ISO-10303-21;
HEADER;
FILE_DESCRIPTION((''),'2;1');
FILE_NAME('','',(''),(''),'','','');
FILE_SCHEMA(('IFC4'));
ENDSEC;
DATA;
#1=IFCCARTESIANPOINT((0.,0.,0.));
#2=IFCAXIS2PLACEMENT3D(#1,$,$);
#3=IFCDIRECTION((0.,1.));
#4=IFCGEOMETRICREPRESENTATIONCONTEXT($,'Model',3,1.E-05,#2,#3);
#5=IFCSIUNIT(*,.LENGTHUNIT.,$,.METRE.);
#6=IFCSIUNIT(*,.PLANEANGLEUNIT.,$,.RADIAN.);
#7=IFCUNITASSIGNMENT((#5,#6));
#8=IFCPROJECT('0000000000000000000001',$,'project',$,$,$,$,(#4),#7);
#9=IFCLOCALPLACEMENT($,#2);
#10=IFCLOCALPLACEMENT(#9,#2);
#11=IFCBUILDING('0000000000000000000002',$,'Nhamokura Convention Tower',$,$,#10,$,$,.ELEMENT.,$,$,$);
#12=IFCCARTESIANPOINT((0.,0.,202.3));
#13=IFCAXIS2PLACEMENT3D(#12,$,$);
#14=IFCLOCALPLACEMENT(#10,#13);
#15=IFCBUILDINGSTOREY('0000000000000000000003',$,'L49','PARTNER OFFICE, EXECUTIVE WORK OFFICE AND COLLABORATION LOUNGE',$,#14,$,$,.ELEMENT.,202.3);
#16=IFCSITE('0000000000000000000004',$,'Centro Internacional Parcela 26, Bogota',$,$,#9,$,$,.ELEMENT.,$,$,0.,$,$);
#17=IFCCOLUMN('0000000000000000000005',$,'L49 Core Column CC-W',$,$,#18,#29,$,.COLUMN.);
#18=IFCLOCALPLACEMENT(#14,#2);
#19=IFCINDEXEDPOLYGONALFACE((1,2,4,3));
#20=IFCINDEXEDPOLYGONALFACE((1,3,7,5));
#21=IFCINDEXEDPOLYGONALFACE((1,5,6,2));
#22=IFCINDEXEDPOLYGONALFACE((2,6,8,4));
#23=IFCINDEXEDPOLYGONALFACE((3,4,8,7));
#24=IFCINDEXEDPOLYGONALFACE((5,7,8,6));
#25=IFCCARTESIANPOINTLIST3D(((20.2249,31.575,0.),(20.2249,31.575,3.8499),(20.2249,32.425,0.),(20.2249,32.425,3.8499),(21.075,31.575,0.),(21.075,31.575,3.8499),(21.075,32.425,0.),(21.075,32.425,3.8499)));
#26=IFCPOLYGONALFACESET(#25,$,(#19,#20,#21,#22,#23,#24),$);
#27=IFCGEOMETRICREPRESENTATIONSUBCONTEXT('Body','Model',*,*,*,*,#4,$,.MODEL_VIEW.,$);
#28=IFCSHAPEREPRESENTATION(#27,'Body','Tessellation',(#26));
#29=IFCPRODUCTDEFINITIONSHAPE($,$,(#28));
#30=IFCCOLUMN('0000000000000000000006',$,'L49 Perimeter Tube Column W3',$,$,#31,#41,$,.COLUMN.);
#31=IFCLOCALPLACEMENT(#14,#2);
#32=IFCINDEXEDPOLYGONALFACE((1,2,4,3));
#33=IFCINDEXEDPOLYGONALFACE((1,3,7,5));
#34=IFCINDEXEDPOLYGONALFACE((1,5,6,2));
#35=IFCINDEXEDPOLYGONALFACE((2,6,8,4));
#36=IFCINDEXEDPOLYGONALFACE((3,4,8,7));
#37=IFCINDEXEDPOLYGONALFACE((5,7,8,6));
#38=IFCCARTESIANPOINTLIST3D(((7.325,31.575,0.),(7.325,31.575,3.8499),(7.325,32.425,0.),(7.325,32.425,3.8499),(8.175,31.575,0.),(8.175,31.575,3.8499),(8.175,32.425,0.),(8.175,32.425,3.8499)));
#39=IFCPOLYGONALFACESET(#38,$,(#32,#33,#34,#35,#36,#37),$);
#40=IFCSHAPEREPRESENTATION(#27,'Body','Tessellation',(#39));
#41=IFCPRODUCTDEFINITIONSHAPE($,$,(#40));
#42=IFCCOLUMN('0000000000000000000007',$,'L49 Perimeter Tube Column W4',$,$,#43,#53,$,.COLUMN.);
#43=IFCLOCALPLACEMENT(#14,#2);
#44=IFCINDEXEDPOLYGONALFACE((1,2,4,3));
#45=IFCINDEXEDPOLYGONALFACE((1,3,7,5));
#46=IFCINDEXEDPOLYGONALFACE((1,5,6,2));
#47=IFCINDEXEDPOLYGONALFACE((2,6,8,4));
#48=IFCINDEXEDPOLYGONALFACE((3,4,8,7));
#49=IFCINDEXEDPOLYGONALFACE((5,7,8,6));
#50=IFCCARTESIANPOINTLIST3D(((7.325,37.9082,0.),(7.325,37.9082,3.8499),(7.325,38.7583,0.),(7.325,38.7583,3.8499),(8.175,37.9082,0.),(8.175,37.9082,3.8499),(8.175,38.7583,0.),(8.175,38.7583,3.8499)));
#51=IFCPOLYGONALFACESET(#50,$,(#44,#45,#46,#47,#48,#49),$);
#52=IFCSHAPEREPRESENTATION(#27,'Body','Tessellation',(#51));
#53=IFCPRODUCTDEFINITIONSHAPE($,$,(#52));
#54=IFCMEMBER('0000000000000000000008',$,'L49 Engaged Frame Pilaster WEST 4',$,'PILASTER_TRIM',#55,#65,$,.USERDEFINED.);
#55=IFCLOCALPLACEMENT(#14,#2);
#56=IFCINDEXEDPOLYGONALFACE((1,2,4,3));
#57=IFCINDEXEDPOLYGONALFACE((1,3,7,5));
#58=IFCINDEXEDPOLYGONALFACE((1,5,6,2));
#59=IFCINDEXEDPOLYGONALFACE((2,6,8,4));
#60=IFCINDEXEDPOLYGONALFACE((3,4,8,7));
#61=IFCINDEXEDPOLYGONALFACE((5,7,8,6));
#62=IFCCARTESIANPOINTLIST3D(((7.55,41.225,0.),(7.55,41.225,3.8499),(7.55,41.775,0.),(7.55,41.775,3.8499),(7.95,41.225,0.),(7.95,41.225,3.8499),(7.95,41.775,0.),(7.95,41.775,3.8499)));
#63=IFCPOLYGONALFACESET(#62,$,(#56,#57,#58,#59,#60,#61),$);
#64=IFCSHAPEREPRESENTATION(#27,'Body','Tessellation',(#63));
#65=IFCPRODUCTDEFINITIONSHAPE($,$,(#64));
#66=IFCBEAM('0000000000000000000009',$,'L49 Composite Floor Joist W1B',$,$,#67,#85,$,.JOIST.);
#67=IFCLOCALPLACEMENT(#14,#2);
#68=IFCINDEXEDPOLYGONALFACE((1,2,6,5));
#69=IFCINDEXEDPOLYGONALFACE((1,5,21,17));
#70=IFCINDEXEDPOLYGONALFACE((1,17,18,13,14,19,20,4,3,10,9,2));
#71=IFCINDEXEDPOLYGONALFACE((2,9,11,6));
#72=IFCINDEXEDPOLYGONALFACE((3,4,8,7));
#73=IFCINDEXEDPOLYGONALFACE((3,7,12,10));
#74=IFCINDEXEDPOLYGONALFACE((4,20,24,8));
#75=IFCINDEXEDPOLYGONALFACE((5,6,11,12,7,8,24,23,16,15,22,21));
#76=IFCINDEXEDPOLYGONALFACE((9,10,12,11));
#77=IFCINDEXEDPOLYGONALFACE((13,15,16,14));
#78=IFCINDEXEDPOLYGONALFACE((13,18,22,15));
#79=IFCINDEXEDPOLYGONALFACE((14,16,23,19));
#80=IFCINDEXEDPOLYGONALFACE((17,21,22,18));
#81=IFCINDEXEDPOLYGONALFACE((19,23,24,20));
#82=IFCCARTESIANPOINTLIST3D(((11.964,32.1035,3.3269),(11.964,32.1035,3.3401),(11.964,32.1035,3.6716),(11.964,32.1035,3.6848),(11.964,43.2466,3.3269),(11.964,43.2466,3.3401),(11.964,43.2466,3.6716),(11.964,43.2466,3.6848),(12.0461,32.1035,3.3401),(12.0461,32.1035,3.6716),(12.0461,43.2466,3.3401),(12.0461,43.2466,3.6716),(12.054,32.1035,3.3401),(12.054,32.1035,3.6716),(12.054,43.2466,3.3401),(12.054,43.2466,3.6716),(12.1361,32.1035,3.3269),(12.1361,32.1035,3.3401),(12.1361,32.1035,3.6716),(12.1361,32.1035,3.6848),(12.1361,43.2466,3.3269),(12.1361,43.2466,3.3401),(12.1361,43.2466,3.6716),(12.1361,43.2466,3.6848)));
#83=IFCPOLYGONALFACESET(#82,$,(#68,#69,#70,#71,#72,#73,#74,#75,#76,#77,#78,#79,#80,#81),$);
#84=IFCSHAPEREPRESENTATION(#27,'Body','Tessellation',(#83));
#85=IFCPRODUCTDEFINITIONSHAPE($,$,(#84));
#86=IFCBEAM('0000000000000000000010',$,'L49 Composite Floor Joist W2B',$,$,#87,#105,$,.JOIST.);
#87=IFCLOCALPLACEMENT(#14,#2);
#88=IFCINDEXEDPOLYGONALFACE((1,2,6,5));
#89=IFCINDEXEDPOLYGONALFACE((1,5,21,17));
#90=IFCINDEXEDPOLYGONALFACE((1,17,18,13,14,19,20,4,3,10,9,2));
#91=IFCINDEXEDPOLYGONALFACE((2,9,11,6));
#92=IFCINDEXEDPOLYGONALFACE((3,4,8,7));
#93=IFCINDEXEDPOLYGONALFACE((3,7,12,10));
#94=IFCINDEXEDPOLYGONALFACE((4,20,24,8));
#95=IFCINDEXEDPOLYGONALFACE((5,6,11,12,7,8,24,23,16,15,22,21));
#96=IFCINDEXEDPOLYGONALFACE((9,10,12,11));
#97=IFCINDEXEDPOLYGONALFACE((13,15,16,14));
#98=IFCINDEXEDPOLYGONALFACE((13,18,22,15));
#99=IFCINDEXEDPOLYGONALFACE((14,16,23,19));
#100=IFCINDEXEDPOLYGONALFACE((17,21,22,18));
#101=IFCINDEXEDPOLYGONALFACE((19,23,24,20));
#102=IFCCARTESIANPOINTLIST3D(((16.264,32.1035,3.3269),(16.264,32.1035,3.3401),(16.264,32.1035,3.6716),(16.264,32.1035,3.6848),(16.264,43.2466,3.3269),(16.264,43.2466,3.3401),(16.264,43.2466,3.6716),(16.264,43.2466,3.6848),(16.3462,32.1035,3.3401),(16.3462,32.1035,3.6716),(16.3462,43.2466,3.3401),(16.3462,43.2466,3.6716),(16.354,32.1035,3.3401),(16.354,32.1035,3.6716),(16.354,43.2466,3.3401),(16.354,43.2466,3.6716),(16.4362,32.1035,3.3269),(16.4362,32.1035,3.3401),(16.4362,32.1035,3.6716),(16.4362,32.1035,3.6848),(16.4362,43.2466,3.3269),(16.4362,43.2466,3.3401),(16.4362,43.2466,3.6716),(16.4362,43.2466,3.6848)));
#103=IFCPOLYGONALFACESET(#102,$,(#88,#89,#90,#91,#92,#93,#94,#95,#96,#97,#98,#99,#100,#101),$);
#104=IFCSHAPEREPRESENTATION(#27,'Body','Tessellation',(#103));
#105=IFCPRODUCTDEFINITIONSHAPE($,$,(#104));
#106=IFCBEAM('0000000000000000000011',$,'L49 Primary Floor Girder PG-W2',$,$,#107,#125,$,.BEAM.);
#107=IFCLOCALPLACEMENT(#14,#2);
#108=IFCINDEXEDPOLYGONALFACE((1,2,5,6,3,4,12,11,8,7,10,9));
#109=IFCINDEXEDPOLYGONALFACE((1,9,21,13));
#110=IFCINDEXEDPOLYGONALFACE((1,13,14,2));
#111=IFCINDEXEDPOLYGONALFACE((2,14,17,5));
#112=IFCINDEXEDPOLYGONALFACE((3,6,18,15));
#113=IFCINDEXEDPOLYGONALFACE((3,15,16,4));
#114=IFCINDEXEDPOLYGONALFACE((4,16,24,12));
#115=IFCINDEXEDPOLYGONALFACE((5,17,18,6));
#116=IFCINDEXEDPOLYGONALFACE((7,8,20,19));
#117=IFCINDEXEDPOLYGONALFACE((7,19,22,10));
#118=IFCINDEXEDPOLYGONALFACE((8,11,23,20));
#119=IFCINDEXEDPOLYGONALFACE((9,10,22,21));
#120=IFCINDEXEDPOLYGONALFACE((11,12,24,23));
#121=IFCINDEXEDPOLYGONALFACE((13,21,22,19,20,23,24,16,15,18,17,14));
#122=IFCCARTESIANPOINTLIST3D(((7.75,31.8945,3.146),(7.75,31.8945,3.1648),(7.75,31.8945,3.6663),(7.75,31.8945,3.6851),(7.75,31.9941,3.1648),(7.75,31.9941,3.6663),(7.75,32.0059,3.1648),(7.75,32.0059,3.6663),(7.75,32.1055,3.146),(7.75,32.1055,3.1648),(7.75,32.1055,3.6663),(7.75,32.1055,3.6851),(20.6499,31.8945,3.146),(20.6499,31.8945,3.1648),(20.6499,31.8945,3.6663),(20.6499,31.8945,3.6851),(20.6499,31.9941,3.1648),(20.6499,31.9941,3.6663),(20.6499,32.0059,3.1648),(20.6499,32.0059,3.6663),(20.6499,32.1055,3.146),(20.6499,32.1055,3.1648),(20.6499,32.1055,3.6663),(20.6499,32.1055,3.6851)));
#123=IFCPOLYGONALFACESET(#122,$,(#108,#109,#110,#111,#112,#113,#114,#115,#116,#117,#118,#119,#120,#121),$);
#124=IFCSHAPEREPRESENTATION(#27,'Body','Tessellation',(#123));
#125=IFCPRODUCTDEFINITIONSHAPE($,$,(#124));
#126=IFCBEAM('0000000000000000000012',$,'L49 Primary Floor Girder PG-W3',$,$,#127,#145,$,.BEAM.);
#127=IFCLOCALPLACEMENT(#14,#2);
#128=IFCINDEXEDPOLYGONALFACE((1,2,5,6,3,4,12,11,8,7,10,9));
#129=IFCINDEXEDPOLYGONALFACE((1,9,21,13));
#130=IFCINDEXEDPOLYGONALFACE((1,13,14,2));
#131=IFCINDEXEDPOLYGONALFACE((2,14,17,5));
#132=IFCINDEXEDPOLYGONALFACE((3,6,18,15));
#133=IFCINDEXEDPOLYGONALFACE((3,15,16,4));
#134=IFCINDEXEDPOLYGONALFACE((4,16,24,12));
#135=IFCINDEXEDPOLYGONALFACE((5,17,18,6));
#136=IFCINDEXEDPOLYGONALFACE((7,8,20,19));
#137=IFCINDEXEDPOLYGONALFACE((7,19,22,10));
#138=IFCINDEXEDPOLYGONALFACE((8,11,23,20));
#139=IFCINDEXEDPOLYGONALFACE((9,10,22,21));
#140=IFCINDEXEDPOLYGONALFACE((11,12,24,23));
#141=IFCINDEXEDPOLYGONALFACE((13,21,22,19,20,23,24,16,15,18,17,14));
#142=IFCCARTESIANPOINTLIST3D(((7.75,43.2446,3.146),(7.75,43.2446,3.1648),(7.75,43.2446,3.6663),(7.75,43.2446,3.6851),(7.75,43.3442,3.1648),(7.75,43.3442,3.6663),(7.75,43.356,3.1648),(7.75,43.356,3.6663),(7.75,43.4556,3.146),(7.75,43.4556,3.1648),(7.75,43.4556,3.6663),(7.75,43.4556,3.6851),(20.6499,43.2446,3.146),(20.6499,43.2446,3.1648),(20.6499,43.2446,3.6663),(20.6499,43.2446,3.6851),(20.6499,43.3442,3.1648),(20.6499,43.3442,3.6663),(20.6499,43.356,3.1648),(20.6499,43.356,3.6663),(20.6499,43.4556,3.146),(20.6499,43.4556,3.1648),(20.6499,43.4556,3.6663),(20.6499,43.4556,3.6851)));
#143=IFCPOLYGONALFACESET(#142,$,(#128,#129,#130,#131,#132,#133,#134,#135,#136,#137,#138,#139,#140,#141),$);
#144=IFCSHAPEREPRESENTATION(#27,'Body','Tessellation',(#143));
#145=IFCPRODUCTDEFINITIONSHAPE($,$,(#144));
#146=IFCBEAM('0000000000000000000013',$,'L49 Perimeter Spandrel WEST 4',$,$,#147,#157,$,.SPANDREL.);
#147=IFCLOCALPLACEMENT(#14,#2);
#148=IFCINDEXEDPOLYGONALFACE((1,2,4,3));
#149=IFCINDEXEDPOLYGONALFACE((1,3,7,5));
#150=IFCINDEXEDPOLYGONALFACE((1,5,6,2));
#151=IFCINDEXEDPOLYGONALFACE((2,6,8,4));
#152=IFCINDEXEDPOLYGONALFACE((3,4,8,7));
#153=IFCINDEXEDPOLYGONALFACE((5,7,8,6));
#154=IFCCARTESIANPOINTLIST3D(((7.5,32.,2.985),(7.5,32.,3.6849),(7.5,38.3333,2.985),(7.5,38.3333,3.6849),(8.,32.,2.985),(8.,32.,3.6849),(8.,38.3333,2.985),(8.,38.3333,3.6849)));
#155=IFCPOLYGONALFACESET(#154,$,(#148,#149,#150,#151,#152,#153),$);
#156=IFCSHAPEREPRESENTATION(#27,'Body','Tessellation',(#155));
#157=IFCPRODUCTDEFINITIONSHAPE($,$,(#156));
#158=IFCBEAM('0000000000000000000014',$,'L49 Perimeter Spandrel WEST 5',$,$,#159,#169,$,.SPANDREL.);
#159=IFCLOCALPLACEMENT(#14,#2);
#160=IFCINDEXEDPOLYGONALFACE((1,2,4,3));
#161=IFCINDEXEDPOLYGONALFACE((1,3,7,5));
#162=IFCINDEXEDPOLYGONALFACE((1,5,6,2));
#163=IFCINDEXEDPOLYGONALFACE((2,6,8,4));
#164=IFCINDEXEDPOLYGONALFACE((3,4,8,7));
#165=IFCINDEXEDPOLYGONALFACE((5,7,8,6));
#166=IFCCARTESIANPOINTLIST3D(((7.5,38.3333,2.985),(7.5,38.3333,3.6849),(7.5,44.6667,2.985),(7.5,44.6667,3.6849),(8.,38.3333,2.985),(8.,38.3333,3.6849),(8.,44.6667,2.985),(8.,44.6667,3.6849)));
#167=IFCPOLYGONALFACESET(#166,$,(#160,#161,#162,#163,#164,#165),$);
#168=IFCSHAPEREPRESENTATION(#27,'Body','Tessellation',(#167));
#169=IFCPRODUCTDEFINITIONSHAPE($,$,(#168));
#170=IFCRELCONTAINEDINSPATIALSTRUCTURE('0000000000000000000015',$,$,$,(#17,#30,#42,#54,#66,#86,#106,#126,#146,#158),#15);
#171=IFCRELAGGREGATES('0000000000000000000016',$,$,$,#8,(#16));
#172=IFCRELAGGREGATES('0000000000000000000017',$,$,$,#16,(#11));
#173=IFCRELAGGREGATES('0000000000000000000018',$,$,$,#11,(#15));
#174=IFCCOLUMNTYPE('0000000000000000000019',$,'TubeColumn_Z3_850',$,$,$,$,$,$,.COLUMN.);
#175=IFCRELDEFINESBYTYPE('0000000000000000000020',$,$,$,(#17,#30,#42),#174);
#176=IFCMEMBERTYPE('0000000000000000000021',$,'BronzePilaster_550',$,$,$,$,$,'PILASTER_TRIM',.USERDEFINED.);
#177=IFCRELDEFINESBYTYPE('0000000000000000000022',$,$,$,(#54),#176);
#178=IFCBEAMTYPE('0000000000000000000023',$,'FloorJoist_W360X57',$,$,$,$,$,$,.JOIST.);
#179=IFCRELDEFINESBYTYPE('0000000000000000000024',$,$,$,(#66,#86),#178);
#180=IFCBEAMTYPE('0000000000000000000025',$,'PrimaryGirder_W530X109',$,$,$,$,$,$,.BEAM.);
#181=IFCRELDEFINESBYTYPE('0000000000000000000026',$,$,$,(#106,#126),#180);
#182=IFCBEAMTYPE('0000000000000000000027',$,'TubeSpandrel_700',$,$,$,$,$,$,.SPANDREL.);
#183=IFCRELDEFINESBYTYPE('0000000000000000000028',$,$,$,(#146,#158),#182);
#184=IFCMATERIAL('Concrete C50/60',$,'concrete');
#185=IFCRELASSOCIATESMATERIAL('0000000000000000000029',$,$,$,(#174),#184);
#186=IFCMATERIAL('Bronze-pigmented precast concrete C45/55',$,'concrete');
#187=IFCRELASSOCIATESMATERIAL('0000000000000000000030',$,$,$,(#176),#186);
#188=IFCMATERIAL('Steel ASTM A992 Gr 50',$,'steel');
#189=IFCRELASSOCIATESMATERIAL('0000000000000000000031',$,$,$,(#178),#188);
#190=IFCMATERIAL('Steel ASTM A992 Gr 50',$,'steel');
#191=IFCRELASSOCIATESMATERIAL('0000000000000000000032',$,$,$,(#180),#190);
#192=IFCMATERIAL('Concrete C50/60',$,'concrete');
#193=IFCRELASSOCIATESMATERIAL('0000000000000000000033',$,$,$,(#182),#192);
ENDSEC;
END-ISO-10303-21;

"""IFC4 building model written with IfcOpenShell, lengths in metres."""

from ifc_helpers import new_model, si_unit, direction, frame, origin, origin_2d, place, context, subcontext, project, spatial, rectangle, i_section, extrude, material, material_profile, profile_set, type_object, element, save


model = new_model("IFC4")

# Units and contexts
model_context = context("Model", 3, precision=1e-05, world=origin(), true_north=direction((0.0, 1.0)))
body_context = subcontext(model_context, "Body", "Model", "MODEL_VIEW")
ifc_project = project(units=[si_unit("LENGTHUNIT", "METRE"), si_unit("PLANEANGLEUNIT", "RADIAN")], contexts=[model_context])

# Site, building, storey
site_placement = place(None, origin())
site = spatial("IfcSite", under=ifc_project, at=site_placement, Name="Centro Internacional Parcela 26, Bogota", CompositionType="ELEMENT", RefElevation=0.0)
building_placement = place(site_placement, origin())
building = spatial("IfcBuilding", under=site, at=building_placement, Name="Nhamokura Convention Tower", CompositionType="ELEMENT")
storey_placement = place(building_placement, frame((0.0, 0.0, 202.3)))
storey = spatial("IfcBuildingStorey", under=building, at=storey_placement, Name="L49", Description="PARTNER OFFICE, EXECUTIVE WORK OFFICE AND COLLABORATION LOUNGE", CompositionType="ELEMENT", Elevation=202.3)

# Columns
ifc_material_1 = material(Name="Concrete C50/60", Category="concrete")
ifc_material_profile_1 = material_profile(ifc_material_1, rectangle(XDim=0.8501, YDim=0.8501, at=origin_2d()))
ifc_profile_set_1 = profile_set([ifc_material_profile_1], Name="Concrete C50/60")
column_type = type_object("IfcColumnType", Name="TubeColumn_Z3_850", PredefinedType="COLUMN", material=ifc_profile_set_1)
for number, where, z_axis, x_axis, name in (
    (1, (20.6499, 32.0, 0.0), (0.0, 0.0, 1.0), (1.0, 0.0, 0.0), "L49 Core Column CC-W"),
    (2, (7.75, 32.0, 0.0), (0.0, 0.0, 1.0), (1.0, 0.0, 0.0), "L49 Perimeter Tube Column W3"),
    (3, (7.75, 38.3333, 0.0), (0.0, 0.0, 1.0), (1.0, 0.0, 0.0), "L49 Perimeter Tube Column W4"),
):
    element("IfcColumn", number, at=place(storey_placement, frame(where, z_axis=z_axis, x_axis=x_axis)), inside=storey, type_object=column_type, Name=name, PredefinedType="COLUMN", context=body_context, shape_type="SweptSolid", body=[
        extrude(rectangle(XDim=0.8501, YDim=0.8501, at=origin_2d()), origin(), (0.0, 0.0, 1.0), 3.8499),
    ])

# Member
ifc_material_2 = material(Name="Bronze-pigmented precast concrete C45/55", Category="concrete")
ifc_material_profile_2 = material_profile(ifc_material_2, rectangle(XDim=0.3999, YDim=0.55, at=origin_2d()))
ifc_profile_set_2 = profile_set([ifc_material_profile_2], Name="Bronze-pigmented precast concrete C45/55")
member_type = type_object("IfcMemberType", Name="BronzePilaster_550", ElementType="PILASTER_TRIM", PredefinedType="USERDEFINED", material=ifc_profile_set_2)
member_placement = place(storey_placement, frame((7.75, 41.5, 0.0), z_axis=(0.0, 0.0, 1.0), x_axis=(1.0, 0.0, 0.0)))
element("IfcMember", 4, at=member_placement, inside=storey, type_object=member_type, Name="L49 Engaged Frame Pilaster WEST 4", ObjectType="PILASTER_TRIM", PredefinedType="USERDEFINED", context=body_context, shape_type="SweptSolid", body=[
    extrude(rectangle(XDim=0.3999, YDim=0.55, at=origin_2d()), origin(), (0.0, 0.0, 1.0), 3.8499),
])

# Beams
ifc_material_3 = material(Name="Steel ASTM A992 Gr 50", Category="steel")
ifc_material_profile_3 = material_profile(ifc_material_3, i_section(OverallWidth=0.1721, OverallDepth=0.3579, WebThickness=0.0078, FlangeThickness=0.0132, at=origin_2d()))
ifc_profile_set_3 = profile_set([ifc_material_profile_3], Name="Steel ASTM A992 Gr 50")
beam_type_1 = type_object("IfcBeamType", Name="FloorJoist_W360X57", PredefinedType="JOIST", material=ifc_profile_set_3)
for number, where, z_axis, x_axis, name in (
    (5, (12.05, 32.1035, 3.5059), (0.0, 1.0, 0.0), (-1.0, 0.0, 0.0), "L49 Composite Floor Joist W1B"),
    (6, (16.3501, 32.1035, 3.5059), (0.0, 1.0, 0.0), (-1.0, 0.0, 0.0), "L49 Composite Floor Joist W2B"),
):
    element("IfcBeam", number, at=place(storey_placement, frame(where, z_axis=z_axis, x_axis=x_axis)), inside=storey, type_object=beam_type_1, Name=name, PredefinedType="JOIST", context=body_context, shape_type="SweptSolid", body=[
        extrude(i_section(OverallWidth=0.1721, OverallDepth=0.3579, WebThickness=0.0078, FlangeThickness=0.0132, at=origin_2d()), origin(), (0.0, 0.0, 1.0), 11.1431),
    ])
ifc_material_4 = material(Name="Steel ASTM A992 Gr 50", Category="steel")
ifc_material_profile_4 = material_profile(ifc_material_4, i_section(OverallWidth=0.2109, OverallDepth=0.5391, WebThickness=0.0117, FlangeThickness=0.0188, at=origin_2d()))
ifc_profile_set_4 = profile_set([ifc_material_profile_4], Name="Steel ASTM A992 Gr 50")
beam_type_2 = type_object("IfcBeamType", Name="PrimaryGirder_W530X109", PredefinedType="BEAM", material=ifc_profile_set_4)
for number, where, z_axis, x_axis, name in (
    (7, (7.75, 32.0, 3.4155), (1.0, 0.0, 0.0), (0.0, 1.0, 0.0), "L49 Primary Floor Girder PG-W2"),
    (8, (7.75, 43.3501, 3.4155), (1.0, 0.0, 0.0), (0.0, 1.0, 0.0), "L49 Primary Floor Girder PG-W3"),
):
    element("IfcBeam", number, at=place(storey_placement, frame(where, z_axis=z_axis, x_axis=x_axis)), inside=storey, type_object=beam_type_2, Name=name, PredefinedType="BEAM", context=body_context, shape_type="SweptSolid", body=[
        extrude(i_section(OverallWidth=0.2109, OverallDepth=0.5391, WebThickness=0.0117, FlangeThickness=0.0188, at=origin_2d()), origin(), (0.0, 0.0, 1.0), 12.8999),
    ])
ifc_material_5 = material(Name="Concrete C50/60", Category="concrete")
ifc_material_profile_5 = material_profile(ifc_material_5, rectangle(XDim=0.5, YDim=0.7, at=origin_2d()))
ifc_profile_set_5 = profile_set([ifc_material_profile_5], Name="Concrete C50/60")
beam_type_3 = type_object("IfcBeamType", Name="TubeSpandrel_700", PredefinedType="SPANDREL", material=ifc_profile_set_5)
beam_1_placement = place(storey_placement, frame((7.75, 32.0, 3.335), z_axis=(0.0, 1.0, 0.0), x_axis=(-1.0, 0.0, 0.0)))
element("IfcBeam", 9, at=beam_1_placement, inside=storey, type_object=beam_type_3, Name="L49 Perimeter Spandrel WEST 4", PredefinedType="SPANDREL", context=body_context, shape_type="SweptSolid", body=[
    extrude(rectangle(XDim=0.5, YDim=0.7, at=origin_2d()), origin(), (0.0, 0.0, 1.0), 6.3333),
])
beam_2_placement = place(storey_placement, frame((7.75, 38.3333, 3.335), z_axis=(0.0, 1.0, 0.0), x_axis=(-1.0, 0.0, 0.0)))
element("IfcBeam", 10, at=beam_2_placement, inside=storey, type_object=beam_type_3, Name="L49 Perimeter Spandrel WEST 5", PredefinedType="SPANDREL", context=body_context, shape_type="SweptSolid", body=[
    extrude(rectangle(XDim=0.5, YDim=0.7, at=origin_2d()), origin(), (0.0, 0.0, 1.0), 6.3335),
])

save(model, "model.ifc")
